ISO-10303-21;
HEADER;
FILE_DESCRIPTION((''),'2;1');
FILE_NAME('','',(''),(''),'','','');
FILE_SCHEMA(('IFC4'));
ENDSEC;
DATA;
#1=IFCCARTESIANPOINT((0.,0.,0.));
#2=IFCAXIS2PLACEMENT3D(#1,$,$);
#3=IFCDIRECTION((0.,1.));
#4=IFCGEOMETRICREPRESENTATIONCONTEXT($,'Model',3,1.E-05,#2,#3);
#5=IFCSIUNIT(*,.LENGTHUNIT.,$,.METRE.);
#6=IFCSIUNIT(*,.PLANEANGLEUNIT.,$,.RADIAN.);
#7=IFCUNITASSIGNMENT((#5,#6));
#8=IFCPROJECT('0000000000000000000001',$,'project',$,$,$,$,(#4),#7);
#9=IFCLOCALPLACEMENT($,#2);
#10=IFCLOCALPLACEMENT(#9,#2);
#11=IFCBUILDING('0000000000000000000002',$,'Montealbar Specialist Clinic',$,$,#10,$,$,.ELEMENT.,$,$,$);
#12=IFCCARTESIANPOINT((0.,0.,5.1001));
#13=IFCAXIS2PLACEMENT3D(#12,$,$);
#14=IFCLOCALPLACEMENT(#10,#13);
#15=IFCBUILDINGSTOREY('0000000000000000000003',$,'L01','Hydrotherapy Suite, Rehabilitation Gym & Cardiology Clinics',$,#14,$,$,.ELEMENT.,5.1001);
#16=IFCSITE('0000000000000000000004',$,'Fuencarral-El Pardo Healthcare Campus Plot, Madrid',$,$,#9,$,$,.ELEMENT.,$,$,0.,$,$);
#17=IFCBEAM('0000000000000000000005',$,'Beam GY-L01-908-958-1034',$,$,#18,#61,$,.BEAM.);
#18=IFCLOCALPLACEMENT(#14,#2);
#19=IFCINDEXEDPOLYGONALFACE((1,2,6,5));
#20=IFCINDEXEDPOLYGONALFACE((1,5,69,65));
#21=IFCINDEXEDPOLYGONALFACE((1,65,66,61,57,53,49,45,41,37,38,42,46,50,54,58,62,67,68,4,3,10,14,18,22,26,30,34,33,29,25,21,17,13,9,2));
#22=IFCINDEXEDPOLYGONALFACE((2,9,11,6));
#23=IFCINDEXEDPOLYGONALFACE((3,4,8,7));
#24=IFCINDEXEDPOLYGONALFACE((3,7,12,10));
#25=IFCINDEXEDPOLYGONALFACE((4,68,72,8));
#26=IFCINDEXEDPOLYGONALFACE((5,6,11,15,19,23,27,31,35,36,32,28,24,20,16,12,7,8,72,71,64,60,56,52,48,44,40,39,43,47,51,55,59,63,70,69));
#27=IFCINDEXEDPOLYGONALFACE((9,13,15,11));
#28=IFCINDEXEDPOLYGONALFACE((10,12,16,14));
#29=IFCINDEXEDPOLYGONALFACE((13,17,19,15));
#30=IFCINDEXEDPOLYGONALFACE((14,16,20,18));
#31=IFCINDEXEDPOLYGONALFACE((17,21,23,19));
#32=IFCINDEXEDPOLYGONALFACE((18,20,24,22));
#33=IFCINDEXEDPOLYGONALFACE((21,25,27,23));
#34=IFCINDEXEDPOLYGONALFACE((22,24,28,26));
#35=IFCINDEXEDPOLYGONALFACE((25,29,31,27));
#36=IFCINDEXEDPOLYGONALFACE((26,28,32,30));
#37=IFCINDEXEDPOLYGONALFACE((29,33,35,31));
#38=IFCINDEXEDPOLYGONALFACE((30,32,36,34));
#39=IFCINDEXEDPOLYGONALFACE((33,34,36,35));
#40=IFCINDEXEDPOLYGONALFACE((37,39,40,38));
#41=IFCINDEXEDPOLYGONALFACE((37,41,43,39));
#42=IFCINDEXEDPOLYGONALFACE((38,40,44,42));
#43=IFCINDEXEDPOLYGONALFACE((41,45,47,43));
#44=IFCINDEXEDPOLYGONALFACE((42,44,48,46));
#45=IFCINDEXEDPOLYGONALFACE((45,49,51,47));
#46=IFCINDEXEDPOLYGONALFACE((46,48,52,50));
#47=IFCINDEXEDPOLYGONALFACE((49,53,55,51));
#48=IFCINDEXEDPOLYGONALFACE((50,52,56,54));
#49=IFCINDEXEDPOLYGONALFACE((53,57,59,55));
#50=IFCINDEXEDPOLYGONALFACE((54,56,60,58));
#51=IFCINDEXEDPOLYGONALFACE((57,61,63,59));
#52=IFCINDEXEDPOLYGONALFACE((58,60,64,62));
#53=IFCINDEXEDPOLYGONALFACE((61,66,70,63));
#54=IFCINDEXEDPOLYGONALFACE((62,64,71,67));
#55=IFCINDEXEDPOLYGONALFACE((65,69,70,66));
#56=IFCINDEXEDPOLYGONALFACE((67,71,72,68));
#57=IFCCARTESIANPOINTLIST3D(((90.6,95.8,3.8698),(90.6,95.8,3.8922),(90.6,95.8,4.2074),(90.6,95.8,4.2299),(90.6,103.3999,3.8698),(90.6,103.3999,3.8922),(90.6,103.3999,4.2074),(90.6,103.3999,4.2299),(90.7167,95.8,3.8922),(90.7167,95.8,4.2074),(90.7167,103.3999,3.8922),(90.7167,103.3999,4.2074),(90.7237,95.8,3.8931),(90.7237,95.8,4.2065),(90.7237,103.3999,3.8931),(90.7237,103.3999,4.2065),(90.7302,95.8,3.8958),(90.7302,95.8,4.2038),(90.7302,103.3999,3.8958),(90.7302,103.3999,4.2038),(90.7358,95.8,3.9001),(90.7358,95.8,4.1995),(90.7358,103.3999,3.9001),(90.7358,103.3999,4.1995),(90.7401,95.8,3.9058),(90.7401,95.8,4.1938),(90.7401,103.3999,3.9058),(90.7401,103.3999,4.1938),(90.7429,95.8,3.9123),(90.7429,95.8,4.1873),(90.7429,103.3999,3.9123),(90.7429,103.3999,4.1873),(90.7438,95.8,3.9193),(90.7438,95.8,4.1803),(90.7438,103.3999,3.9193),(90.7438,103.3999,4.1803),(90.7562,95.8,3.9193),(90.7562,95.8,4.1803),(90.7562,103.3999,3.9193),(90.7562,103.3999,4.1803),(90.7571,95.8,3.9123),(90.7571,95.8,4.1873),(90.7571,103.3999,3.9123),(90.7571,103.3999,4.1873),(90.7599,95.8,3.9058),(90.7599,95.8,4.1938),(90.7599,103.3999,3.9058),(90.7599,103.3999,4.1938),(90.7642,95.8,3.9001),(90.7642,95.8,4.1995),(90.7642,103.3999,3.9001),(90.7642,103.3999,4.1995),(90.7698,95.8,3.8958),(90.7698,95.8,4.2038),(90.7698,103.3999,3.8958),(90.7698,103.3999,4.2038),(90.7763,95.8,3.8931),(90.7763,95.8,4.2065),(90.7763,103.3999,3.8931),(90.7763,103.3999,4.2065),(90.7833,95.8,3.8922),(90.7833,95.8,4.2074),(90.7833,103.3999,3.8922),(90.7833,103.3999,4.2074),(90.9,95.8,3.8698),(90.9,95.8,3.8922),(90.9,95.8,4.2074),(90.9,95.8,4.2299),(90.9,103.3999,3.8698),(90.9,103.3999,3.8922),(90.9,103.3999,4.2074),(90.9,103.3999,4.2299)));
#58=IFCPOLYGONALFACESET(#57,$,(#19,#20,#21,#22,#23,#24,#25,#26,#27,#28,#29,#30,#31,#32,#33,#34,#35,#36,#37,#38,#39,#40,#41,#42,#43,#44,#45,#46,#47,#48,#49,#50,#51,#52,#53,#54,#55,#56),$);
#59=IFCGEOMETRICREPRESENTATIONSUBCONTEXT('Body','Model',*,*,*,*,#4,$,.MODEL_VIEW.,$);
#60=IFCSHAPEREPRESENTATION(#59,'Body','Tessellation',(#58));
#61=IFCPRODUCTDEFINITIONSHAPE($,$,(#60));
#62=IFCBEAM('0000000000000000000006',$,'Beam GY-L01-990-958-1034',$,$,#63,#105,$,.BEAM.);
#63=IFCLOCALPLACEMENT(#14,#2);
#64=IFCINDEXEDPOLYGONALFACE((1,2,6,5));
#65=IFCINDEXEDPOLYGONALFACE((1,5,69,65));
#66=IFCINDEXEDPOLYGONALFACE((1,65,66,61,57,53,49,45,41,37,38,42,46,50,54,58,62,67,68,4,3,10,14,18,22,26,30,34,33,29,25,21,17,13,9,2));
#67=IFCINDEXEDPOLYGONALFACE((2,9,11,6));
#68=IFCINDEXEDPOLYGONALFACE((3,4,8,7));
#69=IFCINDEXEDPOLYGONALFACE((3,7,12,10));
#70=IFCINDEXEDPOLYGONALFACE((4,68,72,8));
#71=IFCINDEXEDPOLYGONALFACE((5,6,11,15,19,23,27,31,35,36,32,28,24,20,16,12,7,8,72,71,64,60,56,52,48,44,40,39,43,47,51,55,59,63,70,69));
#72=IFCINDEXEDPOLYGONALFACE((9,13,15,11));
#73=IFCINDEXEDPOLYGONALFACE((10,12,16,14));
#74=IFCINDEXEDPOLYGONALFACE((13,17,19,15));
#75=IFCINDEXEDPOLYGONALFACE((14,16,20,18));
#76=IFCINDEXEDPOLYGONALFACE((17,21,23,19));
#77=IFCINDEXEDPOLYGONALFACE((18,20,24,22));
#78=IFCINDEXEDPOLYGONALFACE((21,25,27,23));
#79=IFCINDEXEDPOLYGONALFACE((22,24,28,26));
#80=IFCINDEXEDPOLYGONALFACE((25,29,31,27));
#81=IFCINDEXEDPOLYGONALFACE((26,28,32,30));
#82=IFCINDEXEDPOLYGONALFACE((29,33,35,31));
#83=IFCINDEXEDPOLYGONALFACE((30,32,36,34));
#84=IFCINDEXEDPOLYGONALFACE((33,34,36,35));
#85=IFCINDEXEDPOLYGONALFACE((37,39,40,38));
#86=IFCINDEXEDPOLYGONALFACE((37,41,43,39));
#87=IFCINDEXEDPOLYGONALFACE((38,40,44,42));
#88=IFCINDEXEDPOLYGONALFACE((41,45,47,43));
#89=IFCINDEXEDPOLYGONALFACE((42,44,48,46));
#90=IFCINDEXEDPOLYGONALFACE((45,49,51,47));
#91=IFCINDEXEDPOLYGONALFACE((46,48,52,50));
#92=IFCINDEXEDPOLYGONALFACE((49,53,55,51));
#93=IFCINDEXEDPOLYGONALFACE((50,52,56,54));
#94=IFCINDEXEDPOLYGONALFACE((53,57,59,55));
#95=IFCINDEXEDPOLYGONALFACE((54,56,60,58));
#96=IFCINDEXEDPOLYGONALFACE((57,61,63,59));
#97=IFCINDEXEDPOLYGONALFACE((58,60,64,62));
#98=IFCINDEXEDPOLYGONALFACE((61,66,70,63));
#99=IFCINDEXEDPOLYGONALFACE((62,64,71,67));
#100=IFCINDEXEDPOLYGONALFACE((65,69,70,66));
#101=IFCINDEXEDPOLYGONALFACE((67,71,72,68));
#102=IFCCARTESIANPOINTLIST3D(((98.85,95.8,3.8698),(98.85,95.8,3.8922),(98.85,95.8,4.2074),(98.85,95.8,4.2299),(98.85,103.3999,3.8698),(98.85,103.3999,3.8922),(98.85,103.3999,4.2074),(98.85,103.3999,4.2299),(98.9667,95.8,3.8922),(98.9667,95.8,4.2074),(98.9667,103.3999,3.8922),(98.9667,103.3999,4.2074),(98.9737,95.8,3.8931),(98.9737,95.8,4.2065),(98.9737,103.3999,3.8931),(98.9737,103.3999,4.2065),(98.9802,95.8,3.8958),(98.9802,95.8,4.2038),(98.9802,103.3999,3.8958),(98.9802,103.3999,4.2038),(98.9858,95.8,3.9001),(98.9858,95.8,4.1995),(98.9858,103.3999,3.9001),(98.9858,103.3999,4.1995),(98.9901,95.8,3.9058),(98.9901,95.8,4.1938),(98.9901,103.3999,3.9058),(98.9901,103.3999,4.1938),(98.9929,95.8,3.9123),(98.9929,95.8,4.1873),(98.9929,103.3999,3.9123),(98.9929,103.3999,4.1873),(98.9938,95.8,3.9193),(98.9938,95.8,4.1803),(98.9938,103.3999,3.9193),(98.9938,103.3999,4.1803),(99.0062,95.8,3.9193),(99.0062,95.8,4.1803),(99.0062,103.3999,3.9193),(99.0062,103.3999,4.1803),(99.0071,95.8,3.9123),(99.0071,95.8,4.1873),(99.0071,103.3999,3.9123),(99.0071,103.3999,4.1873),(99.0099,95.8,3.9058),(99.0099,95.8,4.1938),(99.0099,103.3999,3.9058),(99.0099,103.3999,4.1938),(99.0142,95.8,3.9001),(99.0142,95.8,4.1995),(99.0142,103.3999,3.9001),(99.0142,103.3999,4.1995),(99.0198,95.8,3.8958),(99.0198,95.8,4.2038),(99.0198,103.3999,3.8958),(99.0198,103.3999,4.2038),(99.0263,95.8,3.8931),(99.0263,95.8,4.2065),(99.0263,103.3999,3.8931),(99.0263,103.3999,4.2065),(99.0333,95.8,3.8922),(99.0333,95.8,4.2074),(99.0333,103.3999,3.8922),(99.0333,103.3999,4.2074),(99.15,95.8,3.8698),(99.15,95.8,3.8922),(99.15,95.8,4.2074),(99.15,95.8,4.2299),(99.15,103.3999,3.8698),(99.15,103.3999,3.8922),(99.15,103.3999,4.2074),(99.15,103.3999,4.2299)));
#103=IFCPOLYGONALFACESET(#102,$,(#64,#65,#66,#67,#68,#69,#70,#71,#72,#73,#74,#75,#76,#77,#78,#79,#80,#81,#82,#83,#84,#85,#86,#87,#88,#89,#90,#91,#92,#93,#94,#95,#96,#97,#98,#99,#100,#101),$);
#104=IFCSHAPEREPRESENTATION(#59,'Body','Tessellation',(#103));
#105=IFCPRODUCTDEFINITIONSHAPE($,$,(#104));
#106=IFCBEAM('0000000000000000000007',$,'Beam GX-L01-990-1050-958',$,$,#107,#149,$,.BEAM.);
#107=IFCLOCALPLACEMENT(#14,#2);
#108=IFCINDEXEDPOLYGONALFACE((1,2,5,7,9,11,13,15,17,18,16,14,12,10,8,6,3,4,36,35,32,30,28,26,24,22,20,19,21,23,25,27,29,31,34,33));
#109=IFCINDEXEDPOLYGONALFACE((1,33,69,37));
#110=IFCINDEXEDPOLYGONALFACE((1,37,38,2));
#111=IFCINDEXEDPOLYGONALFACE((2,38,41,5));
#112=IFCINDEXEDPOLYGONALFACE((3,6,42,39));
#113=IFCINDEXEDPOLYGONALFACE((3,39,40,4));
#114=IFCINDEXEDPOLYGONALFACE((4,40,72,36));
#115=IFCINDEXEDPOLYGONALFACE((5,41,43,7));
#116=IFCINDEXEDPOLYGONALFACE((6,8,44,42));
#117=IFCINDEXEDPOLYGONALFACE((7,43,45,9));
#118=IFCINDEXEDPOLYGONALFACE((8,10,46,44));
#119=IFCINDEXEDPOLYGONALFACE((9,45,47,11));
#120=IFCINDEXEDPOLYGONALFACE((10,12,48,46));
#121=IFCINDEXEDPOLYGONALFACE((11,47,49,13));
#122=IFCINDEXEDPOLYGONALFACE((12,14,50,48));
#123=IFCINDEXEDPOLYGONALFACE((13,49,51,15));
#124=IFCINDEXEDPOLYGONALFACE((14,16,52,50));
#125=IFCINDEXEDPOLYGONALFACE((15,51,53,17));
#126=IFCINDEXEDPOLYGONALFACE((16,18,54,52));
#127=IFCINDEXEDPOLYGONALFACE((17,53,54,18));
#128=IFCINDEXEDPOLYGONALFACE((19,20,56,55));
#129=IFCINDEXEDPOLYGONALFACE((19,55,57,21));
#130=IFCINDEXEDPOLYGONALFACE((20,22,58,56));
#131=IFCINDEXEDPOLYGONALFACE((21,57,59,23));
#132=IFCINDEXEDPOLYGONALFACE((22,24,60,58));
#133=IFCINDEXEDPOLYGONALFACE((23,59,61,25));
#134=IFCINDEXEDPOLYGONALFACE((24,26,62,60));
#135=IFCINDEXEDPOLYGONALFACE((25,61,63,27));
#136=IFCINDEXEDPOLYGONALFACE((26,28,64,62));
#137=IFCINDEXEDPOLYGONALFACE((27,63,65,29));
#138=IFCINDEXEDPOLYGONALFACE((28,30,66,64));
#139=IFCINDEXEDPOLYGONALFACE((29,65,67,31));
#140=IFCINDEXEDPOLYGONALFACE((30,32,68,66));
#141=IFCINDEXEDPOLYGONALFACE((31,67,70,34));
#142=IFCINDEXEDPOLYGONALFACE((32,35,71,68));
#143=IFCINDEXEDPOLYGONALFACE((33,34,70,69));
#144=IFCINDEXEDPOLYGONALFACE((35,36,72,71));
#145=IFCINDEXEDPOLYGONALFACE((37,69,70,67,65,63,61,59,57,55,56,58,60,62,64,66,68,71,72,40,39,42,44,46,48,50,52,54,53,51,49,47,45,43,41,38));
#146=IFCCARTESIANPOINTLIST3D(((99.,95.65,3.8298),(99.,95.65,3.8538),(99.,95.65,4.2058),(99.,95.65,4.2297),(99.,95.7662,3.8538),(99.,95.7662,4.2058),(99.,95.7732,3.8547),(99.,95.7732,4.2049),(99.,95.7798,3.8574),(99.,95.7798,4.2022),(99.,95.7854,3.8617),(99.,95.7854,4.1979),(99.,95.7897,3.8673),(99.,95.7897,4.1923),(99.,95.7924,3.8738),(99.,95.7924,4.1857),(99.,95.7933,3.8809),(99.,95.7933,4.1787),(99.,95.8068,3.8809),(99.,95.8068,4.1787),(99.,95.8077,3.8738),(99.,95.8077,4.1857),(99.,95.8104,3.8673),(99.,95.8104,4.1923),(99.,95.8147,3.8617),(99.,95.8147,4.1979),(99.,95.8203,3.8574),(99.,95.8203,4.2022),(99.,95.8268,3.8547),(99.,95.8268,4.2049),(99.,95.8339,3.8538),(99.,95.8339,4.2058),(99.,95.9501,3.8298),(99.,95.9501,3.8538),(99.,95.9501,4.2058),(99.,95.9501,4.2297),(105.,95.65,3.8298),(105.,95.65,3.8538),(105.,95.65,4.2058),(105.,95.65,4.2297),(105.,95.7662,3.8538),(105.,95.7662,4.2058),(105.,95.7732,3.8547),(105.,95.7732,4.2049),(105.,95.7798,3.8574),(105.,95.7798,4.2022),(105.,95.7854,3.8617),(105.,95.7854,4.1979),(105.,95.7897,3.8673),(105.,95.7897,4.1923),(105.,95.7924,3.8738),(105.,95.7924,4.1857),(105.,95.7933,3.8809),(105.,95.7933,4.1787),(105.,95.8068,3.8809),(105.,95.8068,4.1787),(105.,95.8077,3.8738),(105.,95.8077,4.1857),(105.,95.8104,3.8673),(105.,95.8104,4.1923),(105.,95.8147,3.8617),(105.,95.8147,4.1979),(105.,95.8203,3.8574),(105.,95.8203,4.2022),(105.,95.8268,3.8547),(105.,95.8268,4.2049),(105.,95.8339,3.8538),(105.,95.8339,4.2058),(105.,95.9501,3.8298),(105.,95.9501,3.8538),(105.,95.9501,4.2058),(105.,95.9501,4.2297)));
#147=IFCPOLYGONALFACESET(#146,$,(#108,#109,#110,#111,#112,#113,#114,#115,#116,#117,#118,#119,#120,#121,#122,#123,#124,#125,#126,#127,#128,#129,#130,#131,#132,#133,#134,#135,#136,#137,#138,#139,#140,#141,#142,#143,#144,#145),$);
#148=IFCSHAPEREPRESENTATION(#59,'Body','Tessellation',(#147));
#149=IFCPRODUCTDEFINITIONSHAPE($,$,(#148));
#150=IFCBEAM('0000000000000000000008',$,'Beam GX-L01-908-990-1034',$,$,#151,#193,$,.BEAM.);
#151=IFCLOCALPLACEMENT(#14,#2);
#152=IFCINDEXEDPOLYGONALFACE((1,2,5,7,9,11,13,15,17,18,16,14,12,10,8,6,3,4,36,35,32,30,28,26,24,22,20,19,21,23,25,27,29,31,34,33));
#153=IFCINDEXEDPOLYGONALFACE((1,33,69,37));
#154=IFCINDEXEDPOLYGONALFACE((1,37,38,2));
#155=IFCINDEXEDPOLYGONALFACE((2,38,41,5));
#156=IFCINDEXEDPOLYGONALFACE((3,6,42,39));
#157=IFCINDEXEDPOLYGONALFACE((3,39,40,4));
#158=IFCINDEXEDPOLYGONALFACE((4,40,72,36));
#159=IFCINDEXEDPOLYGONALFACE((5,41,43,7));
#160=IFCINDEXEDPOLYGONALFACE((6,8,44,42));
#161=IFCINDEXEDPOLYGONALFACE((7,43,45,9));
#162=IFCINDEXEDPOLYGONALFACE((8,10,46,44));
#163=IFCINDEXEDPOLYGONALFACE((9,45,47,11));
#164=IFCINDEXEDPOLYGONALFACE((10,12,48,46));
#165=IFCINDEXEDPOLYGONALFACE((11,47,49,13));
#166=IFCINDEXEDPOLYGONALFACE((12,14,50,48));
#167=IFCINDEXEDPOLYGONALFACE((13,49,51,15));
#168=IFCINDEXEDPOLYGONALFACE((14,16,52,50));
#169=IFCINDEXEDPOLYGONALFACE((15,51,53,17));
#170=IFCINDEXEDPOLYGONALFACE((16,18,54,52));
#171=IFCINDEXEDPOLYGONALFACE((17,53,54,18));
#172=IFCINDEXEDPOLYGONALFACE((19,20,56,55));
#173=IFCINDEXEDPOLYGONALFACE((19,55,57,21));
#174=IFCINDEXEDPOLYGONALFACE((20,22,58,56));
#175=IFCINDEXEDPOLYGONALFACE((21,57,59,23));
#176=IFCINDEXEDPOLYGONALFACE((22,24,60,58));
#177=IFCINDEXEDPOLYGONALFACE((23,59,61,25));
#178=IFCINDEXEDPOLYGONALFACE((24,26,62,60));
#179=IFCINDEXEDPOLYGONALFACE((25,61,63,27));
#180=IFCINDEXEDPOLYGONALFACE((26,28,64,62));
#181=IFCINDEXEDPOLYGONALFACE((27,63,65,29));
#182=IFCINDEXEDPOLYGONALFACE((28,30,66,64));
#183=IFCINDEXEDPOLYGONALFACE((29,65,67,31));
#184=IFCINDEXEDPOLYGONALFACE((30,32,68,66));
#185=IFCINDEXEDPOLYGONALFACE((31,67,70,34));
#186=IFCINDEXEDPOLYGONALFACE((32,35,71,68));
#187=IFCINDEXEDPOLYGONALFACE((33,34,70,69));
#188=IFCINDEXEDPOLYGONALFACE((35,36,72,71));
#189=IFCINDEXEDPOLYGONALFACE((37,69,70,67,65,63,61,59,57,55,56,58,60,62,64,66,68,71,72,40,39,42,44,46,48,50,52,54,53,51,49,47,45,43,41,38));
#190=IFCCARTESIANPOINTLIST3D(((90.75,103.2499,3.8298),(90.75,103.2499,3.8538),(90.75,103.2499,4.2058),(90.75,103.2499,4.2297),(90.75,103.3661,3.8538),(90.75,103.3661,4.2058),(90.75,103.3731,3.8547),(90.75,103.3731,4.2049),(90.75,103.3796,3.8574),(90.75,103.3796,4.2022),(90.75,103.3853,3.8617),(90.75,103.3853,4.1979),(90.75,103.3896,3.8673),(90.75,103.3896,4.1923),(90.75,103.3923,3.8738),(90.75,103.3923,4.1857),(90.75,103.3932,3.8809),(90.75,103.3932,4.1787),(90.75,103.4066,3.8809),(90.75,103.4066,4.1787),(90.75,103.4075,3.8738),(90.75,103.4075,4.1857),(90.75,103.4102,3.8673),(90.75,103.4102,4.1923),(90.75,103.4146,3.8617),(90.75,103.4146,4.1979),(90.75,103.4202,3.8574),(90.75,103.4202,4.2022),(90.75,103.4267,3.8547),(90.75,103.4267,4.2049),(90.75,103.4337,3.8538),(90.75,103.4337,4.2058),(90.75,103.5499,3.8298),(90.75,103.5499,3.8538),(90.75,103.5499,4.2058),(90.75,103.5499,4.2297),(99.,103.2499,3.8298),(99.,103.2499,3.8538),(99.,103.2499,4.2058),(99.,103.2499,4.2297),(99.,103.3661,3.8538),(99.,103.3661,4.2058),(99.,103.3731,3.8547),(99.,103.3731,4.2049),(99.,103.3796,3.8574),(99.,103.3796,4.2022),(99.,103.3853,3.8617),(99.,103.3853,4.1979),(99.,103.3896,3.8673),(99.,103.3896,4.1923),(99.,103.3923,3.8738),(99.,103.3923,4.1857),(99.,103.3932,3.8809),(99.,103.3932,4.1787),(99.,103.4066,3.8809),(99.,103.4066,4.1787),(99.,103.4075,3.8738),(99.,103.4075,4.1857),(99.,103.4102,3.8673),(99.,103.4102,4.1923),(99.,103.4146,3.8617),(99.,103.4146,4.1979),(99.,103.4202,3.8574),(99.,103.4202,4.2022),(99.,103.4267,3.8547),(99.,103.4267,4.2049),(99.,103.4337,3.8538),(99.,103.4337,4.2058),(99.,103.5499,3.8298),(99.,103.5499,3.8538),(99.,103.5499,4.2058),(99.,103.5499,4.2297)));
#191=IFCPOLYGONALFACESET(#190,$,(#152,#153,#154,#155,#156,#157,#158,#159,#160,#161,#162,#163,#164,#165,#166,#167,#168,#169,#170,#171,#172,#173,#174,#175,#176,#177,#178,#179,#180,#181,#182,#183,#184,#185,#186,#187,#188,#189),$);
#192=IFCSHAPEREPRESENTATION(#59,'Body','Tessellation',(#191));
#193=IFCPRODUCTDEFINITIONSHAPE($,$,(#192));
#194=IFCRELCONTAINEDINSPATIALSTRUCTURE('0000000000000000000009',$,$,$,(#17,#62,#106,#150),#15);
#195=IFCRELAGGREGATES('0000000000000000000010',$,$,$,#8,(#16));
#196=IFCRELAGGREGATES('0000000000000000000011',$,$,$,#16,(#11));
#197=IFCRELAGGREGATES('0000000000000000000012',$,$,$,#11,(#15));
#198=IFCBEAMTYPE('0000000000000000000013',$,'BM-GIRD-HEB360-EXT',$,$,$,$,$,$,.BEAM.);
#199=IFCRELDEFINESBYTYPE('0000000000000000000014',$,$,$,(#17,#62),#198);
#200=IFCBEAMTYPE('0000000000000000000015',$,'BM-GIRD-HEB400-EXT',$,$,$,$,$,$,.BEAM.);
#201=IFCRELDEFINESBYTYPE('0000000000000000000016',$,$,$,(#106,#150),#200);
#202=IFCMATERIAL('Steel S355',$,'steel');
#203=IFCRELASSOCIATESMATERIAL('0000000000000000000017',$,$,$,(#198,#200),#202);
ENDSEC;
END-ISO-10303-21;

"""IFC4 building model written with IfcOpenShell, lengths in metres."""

from ifc_helpers import new_model, si_unit, direction, frame, origin, origin_2d, place, context, subcontext, project, spatial, i_section, extrude, material, material_profile, profile_set, type_object, element, save


model = new_model("IFC4")

# Units and contexts
model_context = context("Model", 3, precision=1e-05, world=origin(), true_north=direction((0.0, 1.0)))
body_context = subcontext(model_context, "Body", "Model", "MODEL_VIEW")
ifc_project = project(units=[si_unit("LENGTHUNIT", "METRE"), si_unit("PLANEANGLEUNIT", "RADIAN")], contexts=[model_context])

# Site, building, storey
site_placement = place(None, origin())
site = spatial("IfcSite", under=ifc_project, at=site_placement, Name="Fuencarral-El Pardo Healthcare Campus Plot, Madrid", CompositionType="ELEMENT", RefElevation=0.0)
building_placement = place(site_placement, origin())
building = spatial("IfcBuilding", under=site, at=building_placement, Name="Montealbar Specialist Clinic", CompositionType="ELEMENT")
storey_placement = place(building_placement, frame((0.0, 0.0, 5.1001)))
storey = spatial("IfcBuildingStorey", under=building, at=storey_placement, Name="L01", Description="Hydrotherapy Suite, Rehabilitation Gym & Cardiology Clinics", CompositionType="ELEMENT", Elevation=5.1001)

# Shared definitions
ifc_material_1 = material(Name="Steel S355", Category="steel")

# Beams
ifc_material_profile_1 = material_profile(ifc_material_1, i_section(OverallWidth=0.3, OverallDepth=0.3601, WebThickness=0.0125, FlangeThickness=0.0225, FilletRadius=0.0271, at=origin_2d()), Name="HEB 360", Category="steel")
ifc_profile_set_1 = profile_set([ifc_material_profile_1], Name="Steel S355")
beam_type_1 = type_object("IfcBeamType", Name="BM-GIRD-HEB360-EXT", PredefinedType="BEAM", material=ifc_profile_set_1)
for number, where, z_axis, x_axis, name in (
    (1, (90.75, 95.8, 4.0498), (0.0, 1.0, 0.0), (-1.0, 0.0, 0.0), "Beam GY-L01-908-958-1034"),
    (2, (99.0, 95.8, 4.0498), (0.0, 1.0, 0.0), (-1.0, 0.0, 0.0), "Beam GY-L01-990-958-1034"),
):
    element("IfcBeam", number, at=place(storey_placement, frame(where, z_axis=z_axis, x_axis=x_axis)), inside=storey, type_object=beam_type_1, Name=name, PredefinedType="BEAM", context=body_context, shape_type="SweptSolid", body=[
        extrude(i_section(OverallWidth=0.3, OverallDepth=0.3601, WebThickness=0.0125, FlangeThickness=0.0225, FilletRadius=0.0271, at=origin_2d()), origin(), (0.0, 0.0, 1.0), 7.5999),
    ])
ifc_material_profile_2 = material_profile(ifc_material_1, i_section(OverallWidth=0.3, OverallDepth=0.3999, WebThickness=0.0134, FlangeThickness=0.0239, FilletRadius=0.0271, at=origin_2d()), Name="HEB 400", Category="steel")
ifc_profile_set_2 = profile_set([ifc_material_profile_2], Name="Steel S355")
beam_type_2 = type_object("IfcBeamType", Name="BM-GIRD-HEB400-EXT", PredefinedType="BEAM", material=ifc_profile_set_2)
beam_1_placement = place(storey_placement, frame((99.0, 95.8, 4.0298), z_axis=(1.0, 0.0, 0.0), x_axis=(0.0, 1.0, 0.0)))
element("IfcBeam", 3, at=beam_1_placement, inside=storey, type_object=beam_type_2, Name="Beam GX-L01-990-1050-958", PredefinedType="BEAM", context=body_context, shape_type="SweptSolid", body=[
    extrude(i_section(OverallWidth=0.3, OverallDepth=0.3999, WebThickness=0.0134, FlangeThickness=0.0239, FilletRadius=0.0271, at=origin_2d()), origin(), (0.0, 0.0, 1.0), 6.0),
])
beam_2_placement = place(storey_placement, frame((90.75, 103.3999, 4.0298), z_axis=(1.0, 0.0, 0.0), x_axis=(0.0, 1.0, 0.0)))
element("IfcBeam", 4, at=beam_2_placement, inside=storey, type_object=beam_type_2, Name="Beam GX-L01-908-990-1034", PredefinedType="BEAM", context=body_context, shape_type="SweptSolid", body=[
    extrude(i_section(OverallWidth=0.3, OverallDepth=0.3999, WebThickness=0.0134, FlangeThickness=0.0239, FilletRadius=0.0271, at=origin_2d()), origin(), (0.0, 0.0, 1.0), 8.25),
])

save(model, "model.ifc")
